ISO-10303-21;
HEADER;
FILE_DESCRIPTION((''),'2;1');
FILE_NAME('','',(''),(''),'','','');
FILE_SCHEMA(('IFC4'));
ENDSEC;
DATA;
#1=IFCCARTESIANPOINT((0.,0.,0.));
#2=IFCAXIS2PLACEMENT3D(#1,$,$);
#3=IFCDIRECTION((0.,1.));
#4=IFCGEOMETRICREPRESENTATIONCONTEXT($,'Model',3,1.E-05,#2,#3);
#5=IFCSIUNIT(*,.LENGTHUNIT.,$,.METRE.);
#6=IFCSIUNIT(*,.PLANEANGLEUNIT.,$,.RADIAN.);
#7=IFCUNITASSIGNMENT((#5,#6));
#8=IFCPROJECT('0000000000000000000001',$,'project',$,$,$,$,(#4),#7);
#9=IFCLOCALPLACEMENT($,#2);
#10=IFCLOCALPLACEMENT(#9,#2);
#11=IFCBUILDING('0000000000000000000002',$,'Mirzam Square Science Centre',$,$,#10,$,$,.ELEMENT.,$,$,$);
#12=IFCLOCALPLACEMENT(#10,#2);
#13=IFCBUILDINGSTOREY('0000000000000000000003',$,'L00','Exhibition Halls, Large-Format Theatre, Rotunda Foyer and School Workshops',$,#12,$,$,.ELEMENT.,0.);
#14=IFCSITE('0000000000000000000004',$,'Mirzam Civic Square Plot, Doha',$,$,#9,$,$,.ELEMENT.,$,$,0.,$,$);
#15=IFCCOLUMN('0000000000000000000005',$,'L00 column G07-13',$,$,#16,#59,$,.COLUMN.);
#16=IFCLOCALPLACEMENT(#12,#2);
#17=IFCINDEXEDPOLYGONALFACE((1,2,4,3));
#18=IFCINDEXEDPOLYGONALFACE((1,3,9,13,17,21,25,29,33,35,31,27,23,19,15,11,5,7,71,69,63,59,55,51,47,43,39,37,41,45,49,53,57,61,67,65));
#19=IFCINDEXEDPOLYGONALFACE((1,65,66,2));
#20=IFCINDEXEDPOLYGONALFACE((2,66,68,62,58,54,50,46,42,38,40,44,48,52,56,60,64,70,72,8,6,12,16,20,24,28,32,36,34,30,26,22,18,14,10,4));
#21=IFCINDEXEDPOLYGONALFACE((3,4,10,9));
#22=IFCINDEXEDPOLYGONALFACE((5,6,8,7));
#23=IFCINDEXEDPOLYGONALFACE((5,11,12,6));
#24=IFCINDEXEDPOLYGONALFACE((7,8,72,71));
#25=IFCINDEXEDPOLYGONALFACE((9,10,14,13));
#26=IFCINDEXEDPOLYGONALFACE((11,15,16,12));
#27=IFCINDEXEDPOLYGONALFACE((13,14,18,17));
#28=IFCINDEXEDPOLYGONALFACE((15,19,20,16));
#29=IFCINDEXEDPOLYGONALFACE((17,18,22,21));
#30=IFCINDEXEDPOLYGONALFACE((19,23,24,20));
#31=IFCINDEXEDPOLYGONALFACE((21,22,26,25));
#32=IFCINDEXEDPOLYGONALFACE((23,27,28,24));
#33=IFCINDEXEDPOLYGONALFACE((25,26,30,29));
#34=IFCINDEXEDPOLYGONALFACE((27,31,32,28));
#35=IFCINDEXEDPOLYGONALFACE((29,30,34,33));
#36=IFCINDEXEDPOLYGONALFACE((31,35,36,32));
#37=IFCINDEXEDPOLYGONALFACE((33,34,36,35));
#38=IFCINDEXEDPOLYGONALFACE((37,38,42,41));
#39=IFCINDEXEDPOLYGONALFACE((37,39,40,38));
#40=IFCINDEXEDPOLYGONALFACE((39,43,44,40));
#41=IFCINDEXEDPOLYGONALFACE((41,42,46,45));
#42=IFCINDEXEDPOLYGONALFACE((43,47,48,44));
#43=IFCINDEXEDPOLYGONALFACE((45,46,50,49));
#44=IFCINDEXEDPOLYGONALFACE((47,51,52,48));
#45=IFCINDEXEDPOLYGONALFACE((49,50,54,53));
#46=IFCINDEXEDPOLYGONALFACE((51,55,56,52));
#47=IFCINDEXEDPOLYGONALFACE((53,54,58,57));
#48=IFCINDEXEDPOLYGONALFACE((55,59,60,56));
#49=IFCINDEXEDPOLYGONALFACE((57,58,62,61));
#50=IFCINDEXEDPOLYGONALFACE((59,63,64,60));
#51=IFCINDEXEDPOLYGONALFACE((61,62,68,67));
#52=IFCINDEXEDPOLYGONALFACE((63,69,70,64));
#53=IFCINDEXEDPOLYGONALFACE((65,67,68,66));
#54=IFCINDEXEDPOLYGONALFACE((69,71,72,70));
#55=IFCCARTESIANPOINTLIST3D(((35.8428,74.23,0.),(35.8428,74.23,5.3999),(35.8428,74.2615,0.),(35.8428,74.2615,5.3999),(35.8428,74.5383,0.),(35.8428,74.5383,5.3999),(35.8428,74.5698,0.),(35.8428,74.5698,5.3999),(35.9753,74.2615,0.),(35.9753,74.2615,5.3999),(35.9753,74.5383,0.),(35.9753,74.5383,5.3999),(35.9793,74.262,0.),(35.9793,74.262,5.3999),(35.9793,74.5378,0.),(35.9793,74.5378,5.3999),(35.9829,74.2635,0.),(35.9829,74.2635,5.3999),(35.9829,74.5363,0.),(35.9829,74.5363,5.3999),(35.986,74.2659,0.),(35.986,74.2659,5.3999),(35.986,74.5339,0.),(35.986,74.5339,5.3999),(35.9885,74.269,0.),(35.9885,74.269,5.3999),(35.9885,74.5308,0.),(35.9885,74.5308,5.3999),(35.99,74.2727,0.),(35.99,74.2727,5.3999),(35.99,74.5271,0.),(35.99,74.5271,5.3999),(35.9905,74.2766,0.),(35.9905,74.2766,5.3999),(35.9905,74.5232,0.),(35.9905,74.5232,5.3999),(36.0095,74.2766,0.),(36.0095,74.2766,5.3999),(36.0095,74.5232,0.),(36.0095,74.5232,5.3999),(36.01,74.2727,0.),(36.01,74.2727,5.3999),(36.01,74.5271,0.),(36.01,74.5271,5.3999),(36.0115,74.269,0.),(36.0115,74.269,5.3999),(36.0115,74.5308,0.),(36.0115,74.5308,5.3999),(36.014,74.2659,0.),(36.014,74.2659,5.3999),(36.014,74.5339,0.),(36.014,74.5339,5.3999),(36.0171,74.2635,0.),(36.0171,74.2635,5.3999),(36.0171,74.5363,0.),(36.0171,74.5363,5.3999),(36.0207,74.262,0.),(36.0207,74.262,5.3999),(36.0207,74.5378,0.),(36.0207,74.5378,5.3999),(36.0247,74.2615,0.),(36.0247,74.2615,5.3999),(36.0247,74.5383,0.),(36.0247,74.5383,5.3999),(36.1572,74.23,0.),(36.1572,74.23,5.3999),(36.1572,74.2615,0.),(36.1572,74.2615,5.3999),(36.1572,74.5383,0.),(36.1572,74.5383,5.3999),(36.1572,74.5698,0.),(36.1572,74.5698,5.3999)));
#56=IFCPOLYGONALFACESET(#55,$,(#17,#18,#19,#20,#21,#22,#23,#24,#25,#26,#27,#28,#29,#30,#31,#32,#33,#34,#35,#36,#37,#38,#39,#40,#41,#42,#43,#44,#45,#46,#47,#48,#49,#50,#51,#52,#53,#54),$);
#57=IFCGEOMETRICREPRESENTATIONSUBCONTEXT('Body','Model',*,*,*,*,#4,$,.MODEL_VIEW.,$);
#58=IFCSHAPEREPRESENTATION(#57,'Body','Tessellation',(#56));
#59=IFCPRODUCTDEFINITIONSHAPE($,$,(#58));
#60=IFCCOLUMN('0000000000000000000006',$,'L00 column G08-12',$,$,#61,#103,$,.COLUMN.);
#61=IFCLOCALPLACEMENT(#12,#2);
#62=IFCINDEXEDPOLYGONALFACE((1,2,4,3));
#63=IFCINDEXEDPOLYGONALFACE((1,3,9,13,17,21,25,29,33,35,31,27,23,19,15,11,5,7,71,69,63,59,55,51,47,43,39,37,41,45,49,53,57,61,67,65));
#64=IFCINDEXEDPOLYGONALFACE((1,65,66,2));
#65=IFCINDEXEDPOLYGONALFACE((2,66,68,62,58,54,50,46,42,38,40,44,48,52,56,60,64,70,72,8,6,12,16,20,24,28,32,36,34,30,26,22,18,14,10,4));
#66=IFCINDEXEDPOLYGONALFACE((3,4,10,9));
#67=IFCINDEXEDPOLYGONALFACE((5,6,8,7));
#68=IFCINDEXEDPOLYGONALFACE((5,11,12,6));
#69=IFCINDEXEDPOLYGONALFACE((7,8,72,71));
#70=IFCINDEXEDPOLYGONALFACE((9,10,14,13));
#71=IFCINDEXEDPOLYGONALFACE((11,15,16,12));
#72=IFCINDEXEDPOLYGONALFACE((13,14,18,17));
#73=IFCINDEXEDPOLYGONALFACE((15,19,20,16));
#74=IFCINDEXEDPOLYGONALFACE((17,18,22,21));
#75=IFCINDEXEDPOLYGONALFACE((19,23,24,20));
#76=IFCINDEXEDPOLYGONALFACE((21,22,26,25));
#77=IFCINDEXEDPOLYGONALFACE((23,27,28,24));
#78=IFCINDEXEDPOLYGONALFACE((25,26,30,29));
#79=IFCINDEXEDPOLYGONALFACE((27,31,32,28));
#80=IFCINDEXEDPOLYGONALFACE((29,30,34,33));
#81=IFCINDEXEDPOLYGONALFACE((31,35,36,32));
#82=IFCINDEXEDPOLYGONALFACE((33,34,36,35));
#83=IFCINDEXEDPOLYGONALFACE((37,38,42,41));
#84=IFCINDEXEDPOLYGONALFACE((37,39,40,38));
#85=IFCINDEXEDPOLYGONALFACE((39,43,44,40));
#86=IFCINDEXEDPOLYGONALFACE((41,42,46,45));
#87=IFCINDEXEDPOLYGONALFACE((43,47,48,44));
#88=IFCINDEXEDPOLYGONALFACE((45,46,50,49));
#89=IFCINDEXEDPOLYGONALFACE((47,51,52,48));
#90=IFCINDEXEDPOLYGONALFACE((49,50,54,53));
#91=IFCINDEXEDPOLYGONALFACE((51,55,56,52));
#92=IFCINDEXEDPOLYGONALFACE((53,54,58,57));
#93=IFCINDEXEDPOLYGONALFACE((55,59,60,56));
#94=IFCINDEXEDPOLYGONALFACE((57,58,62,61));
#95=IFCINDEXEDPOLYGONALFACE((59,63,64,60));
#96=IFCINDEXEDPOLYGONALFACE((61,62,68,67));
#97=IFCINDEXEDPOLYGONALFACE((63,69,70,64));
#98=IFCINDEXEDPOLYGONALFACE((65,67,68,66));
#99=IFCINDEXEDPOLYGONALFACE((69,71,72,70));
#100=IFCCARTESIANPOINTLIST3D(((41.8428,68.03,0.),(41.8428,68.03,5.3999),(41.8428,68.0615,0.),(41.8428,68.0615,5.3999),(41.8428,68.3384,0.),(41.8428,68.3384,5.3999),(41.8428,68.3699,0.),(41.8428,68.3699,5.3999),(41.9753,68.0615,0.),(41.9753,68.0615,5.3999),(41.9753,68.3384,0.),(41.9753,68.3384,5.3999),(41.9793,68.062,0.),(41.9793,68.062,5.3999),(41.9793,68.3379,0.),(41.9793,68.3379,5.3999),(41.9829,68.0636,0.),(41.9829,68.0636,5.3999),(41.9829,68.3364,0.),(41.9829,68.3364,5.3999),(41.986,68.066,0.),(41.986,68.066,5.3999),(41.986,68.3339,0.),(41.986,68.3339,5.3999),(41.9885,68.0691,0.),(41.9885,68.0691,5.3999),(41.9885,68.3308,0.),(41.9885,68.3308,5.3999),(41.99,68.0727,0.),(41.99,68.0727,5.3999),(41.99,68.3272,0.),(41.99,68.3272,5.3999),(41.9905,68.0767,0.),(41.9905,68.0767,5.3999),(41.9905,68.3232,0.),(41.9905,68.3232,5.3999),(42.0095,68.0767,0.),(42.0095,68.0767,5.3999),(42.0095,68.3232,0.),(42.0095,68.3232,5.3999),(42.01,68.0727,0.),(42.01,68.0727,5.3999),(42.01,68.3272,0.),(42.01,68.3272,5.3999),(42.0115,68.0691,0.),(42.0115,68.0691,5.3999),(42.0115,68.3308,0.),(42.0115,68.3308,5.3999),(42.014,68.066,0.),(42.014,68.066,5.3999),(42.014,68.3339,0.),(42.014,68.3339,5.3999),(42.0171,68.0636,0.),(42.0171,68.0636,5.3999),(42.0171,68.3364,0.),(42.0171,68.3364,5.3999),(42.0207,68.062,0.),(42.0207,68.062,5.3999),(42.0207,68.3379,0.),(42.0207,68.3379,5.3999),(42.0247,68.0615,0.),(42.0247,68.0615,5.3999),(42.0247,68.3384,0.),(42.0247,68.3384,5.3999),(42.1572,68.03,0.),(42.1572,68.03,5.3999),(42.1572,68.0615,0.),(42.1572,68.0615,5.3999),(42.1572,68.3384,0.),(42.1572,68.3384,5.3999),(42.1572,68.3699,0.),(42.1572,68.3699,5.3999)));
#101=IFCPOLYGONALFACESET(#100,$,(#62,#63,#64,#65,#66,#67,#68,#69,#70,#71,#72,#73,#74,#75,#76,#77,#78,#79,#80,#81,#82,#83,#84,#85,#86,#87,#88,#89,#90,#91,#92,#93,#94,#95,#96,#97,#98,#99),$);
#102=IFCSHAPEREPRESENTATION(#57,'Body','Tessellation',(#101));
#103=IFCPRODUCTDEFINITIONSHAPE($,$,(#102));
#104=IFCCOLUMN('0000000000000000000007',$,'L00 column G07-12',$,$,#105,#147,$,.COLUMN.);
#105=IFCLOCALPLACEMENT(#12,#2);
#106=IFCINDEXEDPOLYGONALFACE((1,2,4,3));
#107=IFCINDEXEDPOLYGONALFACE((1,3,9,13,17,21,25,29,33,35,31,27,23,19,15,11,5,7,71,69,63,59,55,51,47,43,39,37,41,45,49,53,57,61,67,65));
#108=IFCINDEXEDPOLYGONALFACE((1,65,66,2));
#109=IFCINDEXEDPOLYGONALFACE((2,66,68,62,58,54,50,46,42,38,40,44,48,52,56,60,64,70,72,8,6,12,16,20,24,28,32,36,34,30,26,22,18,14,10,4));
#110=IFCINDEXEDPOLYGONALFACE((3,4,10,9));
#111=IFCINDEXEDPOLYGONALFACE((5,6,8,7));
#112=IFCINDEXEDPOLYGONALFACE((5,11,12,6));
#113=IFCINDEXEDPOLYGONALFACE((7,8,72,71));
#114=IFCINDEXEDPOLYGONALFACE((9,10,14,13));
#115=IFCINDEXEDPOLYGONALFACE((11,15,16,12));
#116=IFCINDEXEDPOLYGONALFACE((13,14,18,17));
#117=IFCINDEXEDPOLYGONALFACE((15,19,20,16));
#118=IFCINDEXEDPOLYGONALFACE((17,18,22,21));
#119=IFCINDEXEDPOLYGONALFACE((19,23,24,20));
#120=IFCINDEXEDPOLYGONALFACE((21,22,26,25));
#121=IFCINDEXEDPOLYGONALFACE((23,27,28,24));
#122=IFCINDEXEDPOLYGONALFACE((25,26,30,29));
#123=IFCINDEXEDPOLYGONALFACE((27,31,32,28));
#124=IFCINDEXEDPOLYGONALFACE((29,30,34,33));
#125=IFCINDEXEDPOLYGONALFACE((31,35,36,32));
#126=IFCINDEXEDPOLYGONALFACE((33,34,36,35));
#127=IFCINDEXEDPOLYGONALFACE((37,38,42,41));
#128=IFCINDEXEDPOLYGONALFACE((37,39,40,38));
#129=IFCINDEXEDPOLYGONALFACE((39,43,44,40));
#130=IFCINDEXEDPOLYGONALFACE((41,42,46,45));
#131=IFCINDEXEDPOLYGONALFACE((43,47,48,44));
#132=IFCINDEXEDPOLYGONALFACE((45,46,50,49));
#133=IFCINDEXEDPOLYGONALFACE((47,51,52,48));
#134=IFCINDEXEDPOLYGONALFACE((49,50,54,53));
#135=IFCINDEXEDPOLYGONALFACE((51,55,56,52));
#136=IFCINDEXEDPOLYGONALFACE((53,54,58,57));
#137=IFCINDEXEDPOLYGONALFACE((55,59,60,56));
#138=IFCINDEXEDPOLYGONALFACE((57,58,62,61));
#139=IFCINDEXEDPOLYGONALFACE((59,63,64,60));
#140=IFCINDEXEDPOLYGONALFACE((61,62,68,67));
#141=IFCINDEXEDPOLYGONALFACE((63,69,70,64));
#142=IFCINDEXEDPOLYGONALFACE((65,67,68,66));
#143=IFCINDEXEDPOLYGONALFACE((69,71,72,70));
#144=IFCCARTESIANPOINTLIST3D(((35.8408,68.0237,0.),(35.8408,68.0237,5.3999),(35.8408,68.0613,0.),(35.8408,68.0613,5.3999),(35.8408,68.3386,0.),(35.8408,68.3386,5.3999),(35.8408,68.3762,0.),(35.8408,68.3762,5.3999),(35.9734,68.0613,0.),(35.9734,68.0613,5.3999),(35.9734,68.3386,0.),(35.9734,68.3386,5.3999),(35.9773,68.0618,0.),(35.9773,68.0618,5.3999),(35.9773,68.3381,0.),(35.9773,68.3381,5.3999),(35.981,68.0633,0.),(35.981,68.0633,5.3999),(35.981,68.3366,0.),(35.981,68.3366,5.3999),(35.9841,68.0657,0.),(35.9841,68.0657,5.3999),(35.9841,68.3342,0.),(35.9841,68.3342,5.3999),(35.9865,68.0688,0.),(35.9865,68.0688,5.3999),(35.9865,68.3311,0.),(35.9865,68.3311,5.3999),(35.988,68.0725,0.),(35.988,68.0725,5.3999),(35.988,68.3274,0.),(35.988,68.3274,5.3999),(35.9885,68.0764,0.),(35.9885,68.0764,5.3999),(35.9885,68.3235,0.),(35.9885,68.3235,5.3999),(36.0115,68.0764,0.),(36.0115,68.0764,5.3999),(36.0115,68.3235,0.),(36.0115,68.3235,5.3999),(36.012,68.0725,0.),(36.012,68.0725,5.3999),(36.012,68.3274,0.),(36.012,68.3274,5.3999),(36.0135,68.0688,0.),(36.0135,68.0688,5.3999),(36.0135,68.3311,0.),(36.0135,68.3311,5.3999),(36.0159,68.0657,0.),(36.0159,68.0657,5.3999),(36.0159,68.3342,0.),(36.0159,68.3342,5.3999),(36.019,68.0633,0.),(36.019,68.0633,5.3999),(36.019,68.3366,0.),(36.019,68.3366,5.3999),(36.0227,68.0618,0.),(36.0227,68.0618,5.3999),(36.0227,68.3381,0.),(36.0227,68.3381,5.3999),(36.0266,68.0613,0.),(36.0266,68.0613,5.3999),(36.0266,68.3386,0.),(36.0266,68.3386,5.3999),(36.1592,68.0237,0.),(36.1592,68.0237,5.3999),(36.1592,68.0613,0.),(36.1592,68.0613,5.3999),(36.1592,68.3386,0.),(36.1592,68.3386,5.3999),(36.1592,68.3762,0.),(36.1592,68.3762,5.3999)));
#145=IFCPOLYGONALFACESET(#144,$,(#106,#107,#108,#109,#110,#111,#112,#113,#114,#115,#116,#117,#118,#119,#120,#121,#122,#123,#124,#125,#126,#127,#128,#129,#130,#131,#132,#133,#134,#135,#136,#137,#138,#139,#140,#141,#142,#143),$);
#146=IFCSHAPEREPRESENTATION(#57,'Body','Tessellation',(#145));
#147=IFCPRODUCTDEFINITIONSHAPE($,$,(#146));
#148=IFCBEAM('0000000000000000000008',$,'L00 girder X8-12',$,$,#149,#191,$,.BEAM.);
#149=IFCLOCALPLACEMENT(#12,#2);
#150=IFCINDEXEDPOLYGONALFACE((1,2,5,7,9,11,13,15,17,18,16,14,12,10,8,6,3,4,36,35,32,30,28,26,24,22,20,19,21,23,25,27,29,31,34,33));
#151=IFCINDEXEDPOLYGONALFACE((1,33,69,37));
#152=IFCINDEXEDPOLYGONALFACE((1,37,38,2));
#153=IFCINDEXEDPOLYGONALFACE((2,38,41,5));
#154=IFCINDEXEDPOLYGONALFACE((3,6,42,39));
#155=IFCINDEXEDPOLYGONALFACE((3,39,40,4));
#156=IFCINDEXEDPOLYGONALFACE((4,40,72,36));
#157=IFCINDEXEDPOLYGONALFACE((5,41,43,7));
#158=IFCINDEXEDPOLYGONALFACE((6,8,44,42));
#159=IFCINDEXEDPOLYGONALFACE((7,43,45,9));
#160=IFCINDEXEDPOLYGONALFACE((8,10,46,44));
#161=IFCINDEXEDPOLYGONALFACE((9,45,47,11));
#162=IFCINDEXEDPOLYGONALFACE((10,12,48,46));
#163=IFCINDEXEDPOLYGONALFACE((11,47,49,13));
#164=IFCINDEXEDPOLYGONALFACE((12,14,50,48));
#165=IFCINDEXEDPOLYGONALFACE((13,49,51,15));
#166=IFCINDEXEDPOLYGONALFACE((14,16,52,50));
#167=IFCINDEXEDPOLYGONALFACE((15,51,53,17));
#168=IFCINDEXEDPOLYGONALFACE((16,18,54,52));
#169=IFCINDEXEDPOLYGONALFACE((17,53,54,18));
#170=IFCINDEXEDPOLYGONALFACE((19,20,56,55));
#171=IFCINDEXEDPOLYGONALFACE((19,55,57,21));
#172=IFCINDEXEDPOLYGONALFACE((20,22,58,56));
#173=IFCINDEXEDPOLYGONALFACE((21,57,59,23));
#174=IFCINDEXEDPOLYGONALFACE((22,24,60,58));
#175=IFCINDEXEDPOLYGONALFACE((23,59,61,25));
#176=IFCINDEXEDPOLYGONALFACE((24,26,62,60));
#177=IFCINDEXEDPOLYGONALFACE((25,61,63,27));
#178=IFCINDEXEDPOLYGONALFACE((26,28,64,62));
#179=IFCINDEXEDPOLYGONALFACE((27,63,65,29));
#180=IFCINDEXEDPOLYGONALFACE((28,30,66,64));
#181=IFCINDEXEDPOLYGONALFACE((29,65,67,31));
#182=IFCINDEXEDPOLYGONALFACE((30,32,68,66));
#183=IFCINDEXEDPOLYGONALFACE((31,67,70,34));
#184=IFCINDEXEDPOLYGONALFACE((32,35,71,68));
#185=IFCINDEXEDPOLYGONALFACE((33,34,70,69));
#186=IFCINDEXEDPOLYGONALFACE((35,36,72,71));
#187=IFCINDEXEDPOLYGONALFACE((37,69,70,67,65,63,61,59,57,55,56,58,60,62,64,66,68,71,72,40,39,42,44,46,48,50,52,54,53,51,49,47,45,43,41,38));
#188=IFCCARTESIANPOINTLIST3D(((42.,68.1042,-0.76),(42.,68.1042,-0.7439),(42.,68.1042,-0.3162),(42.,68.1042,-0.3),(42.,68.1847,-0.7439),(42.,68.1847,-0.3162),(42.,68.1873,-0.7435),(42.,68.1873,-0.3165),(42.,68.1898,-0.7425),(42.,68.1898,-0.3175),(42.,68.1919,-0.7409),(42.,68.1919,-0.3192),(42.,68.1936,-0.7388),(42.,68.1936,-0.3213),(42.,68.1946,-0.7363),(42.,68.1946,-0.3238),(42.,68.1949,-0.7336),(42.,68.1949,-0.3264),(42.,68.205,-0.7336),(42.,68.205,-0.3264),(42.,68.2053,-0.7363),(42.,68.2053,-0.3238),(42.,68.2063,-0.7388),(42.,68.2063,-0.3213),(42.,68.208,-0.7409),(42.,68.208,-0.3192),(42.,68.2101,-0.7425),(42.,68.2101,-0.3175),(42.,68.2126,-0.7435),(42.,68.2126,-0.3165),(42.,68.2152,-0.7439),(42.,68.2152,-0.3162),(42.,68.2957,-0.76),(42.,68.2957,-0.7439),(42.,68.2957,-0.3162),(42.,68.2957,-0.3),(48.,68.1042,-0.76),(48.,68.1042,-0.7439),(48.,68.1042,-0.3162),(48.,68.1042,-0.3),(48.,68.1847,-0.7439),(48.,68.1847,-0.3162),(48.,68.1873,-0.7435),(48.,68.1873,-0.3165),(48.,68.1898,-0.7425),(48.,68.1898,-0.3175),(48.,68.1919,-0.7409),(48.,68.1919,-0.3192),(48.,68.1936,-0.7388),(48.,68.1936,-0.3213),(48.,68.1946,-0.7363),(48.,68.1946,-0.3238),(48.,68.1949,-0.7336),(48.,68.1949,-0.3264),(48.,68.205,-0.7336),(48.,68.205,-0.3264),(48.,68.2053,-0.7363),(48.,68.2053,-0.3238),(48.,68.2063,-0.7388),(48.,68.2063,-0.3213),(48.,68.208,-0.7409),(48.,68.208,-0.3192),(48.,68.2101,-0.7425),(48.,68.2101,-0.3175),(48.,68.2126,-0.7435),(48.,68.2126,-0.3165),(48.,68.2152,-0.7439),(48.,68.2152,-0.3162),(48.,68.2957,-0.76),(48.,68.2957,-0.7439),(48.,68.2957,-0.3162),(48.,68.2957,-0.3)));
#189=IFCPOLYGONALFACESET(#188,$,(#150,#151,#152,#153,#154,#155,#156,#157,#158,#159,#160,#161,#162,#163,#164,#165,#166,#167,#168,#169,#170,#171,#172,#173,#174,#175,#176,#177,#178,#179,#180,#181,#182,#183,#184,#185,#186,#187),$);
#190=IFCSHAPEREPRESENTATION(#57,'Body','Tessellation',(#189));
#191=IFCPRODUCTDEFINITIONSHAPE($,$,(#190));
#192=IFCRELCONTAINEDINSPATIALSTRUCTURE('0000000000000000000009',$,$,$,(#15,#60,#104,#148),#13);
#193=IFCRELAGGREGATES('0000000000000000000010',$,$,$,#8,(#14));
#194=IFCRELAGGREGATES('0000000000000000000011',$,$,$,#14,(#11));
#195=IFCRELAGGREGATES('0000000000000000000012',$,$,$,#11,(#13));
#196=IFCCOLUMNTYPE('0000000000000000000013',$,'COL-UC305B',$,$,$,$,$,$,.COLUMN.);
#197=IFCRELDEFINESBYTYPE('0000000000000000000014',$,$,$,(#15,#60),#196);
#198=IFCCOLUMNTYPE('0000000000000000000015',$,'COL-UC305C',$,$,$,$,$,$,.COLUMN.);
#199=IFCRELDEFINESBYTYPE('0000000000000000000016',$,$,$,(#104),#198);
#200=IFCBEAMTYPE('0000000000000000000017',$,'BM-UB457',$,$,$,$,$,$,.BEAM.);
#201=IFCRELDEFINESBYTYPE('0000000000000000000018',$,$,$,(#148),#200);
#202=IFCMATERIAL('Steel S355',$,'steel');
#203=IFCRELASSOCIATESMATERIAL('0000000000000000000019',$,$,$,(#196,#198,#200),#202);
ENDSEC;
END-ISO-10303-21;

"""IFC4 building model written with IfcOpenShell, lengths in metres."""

from ifc_helpers import new_model, si_unit, direction, frame, origin, origin_2d, place, context, subcontext, project, spatial, i_section, extrude, material, material_profile, profile_set, type_object, element, save


model = new_model("IFC4")

# Units and contexts
model_context = context("Model", 3, precision=1e-05, world=origin(), true_north=direction((0.0, 1.0)))
body_context = subcontext(model_context, "Body", "Model", "MODEL_VIEW")
ifc_project = project(units=[si_unit("LENGTHUNIT", "METRE"), si_unit("PLANEANGLEUNIT", "RADIAN")], contexts=[model_context])

# Site, building, storey
site_placement = place(None, origin())
site = spatial("IfcSite", under=ifc_project, at=site_placement, Name="Mirzam Civic Square Plot, Doha", CompositionType="ELEMENT", RefElevation=0.0)
building_placement = place(site_placement, origin())
building = spatial("IfcBuilding", under=site, at=building_placement, Name="Mirzam Square Science Centre", CompositionType="ELEMENT")
storey_placement = place(building_placement, origin())
storey = spatial("IfcBuildingStorey", under=building, at=storey_placement, Name="L00", Description="Exhibition Halls, Large-Format Theatre, Rotunda Foyer and School Workshops", CompositionType="ELEMENT", Elevation=0.0)

# Columns
ifc_material_1 = material(Name="Steel S355", Category="steel")
ifc_material_profile_1 = material_profile(ifc_material_1, i_section(OverallWidth=0.3145, OverallDepth=0.3398, WebThickness=0.019, FlangeThickness=0.0315, FilletRadius=0.0151, at=origin_2d()), Name="305x305x198UC")
ifc_profile_set_1 = profile_set([ifc_material_profile_1], Name="Steel S355")
column_type_1 = type_object("IfcColumnType", Name="COL-UC305B", PredefinedType="COLUMN", material=ifc_profile_set_1)
for number, where, z_axis, x_axis, name in (
    (1, (36.0, 74.3999, 0.0), (0.0, 0.0, 1.0), (1.0, 0.0, 0.0), "L00 column G07-13"),
    (2, (42.0, 68.2, 0.0), (0.0, 0.0, 1.0), (1.0, 0.0, 0.0), "L00 column G08-12"),
):
    element("IfcColumn", number, at=place(storey_placement, frame(where, z_axis=z_axis, x_axis=x_axis)), inside=storey, type_object=column_type_1, Name=name, PredefinedType="COLUMN", context=body_context, shape_type="SweptSolid", body=[
        extrude(i_section(OverallWidth=0.3145, OverallDepth=0.3398, WebThickness=0.019, FlangeThickness=0.0315, FilletRadius=0.0151, at=origin_2d()), origin(), (0.0, 0.0, 1.0), 5.3999),
    ])
ifc_material_profile_2 = material_profile(ifc_material_1, i_section(OverallWidth=0.3184, OverallDepth=0.3525, WebThickness=0.0229, FlangeThickness=0.0376, FilletRadius=0.0151, at=origin_2d()), Name="305x305x240UC")
ifc_profile_set_2 = profile_set([ifc_material_profile_2], Name="Steel S355")
column_type_2 = type_object("IfcColumnType", Name="COL-UC305C", PredefinedType="COLUMN", material=ifc_profile_set_2)
column_placement = place(storey_placement, frame((36.0, 68.2, 0.0), z_axis=(0.0, 0.0, 1.0), x_axis=(1.0, 0.0, 0.0)))
element("IfcColumn", 3, at=column_placement, inside=storey, type_object=column_type_2, Name="L00 column G07-12", PredefinedType="COLUMN", context=body_context, shape_type="SweptSolid", body=[
    extrude(i_section(OverallWidth=0.3184, OverallDepth=0.3525, WebThickness=0.0229, FlangeThickness=0.0376, FilletRadius=0.0151, at=origin_2d()), origin(), (0.0, 0.0, 1.0), 5.3999),
])

# Beam
ifc_material_profile_3 = material_profile(ifc_material_1, i_section(OverallWidth=0.1914, OverallDepth=0.46, WebThickness=0.01, FlangeThickness=0.0161, FilletRadius=0.0103, at=origin_2d()), Name="457x191x82UB")
ifc_profile_set_3 = profile_set([ifc_material_profile_3], Name="Steel S355")
beam_type_1 = type_object("IfcBeamType", Name="BM-UB457", PredefinedType="BEAM", material=ifc_profile_set_3)
for number, where, z_axis, x_axis, name in (
    (4, (42.0, 68.2, -0.53), (1.0, 0.0, 0.0), (0.0, 1.0, 0.0), "L00 girder X8-12"),
):
    element("IfcBeam", number, at=place(storey_placement, frame(where, z_axis=z_axis, x_axis=x_axis)), inside=storey, type_object=beam_type_1, Name=name, PredefinedType="BEAM", context=body_context, shape_type="SweptSolid", body=[
        extrude(i_section(OverallWidth=0.1914, OverallDepth=0.46, WebThickness=0.01, FlangeThickness=0.0161, FilletRadius=0.0103, at=origin_2d()), origin(), (0.0, 0.0, 1.0), 6.0),
    ])

save(model, "model.ifc")
